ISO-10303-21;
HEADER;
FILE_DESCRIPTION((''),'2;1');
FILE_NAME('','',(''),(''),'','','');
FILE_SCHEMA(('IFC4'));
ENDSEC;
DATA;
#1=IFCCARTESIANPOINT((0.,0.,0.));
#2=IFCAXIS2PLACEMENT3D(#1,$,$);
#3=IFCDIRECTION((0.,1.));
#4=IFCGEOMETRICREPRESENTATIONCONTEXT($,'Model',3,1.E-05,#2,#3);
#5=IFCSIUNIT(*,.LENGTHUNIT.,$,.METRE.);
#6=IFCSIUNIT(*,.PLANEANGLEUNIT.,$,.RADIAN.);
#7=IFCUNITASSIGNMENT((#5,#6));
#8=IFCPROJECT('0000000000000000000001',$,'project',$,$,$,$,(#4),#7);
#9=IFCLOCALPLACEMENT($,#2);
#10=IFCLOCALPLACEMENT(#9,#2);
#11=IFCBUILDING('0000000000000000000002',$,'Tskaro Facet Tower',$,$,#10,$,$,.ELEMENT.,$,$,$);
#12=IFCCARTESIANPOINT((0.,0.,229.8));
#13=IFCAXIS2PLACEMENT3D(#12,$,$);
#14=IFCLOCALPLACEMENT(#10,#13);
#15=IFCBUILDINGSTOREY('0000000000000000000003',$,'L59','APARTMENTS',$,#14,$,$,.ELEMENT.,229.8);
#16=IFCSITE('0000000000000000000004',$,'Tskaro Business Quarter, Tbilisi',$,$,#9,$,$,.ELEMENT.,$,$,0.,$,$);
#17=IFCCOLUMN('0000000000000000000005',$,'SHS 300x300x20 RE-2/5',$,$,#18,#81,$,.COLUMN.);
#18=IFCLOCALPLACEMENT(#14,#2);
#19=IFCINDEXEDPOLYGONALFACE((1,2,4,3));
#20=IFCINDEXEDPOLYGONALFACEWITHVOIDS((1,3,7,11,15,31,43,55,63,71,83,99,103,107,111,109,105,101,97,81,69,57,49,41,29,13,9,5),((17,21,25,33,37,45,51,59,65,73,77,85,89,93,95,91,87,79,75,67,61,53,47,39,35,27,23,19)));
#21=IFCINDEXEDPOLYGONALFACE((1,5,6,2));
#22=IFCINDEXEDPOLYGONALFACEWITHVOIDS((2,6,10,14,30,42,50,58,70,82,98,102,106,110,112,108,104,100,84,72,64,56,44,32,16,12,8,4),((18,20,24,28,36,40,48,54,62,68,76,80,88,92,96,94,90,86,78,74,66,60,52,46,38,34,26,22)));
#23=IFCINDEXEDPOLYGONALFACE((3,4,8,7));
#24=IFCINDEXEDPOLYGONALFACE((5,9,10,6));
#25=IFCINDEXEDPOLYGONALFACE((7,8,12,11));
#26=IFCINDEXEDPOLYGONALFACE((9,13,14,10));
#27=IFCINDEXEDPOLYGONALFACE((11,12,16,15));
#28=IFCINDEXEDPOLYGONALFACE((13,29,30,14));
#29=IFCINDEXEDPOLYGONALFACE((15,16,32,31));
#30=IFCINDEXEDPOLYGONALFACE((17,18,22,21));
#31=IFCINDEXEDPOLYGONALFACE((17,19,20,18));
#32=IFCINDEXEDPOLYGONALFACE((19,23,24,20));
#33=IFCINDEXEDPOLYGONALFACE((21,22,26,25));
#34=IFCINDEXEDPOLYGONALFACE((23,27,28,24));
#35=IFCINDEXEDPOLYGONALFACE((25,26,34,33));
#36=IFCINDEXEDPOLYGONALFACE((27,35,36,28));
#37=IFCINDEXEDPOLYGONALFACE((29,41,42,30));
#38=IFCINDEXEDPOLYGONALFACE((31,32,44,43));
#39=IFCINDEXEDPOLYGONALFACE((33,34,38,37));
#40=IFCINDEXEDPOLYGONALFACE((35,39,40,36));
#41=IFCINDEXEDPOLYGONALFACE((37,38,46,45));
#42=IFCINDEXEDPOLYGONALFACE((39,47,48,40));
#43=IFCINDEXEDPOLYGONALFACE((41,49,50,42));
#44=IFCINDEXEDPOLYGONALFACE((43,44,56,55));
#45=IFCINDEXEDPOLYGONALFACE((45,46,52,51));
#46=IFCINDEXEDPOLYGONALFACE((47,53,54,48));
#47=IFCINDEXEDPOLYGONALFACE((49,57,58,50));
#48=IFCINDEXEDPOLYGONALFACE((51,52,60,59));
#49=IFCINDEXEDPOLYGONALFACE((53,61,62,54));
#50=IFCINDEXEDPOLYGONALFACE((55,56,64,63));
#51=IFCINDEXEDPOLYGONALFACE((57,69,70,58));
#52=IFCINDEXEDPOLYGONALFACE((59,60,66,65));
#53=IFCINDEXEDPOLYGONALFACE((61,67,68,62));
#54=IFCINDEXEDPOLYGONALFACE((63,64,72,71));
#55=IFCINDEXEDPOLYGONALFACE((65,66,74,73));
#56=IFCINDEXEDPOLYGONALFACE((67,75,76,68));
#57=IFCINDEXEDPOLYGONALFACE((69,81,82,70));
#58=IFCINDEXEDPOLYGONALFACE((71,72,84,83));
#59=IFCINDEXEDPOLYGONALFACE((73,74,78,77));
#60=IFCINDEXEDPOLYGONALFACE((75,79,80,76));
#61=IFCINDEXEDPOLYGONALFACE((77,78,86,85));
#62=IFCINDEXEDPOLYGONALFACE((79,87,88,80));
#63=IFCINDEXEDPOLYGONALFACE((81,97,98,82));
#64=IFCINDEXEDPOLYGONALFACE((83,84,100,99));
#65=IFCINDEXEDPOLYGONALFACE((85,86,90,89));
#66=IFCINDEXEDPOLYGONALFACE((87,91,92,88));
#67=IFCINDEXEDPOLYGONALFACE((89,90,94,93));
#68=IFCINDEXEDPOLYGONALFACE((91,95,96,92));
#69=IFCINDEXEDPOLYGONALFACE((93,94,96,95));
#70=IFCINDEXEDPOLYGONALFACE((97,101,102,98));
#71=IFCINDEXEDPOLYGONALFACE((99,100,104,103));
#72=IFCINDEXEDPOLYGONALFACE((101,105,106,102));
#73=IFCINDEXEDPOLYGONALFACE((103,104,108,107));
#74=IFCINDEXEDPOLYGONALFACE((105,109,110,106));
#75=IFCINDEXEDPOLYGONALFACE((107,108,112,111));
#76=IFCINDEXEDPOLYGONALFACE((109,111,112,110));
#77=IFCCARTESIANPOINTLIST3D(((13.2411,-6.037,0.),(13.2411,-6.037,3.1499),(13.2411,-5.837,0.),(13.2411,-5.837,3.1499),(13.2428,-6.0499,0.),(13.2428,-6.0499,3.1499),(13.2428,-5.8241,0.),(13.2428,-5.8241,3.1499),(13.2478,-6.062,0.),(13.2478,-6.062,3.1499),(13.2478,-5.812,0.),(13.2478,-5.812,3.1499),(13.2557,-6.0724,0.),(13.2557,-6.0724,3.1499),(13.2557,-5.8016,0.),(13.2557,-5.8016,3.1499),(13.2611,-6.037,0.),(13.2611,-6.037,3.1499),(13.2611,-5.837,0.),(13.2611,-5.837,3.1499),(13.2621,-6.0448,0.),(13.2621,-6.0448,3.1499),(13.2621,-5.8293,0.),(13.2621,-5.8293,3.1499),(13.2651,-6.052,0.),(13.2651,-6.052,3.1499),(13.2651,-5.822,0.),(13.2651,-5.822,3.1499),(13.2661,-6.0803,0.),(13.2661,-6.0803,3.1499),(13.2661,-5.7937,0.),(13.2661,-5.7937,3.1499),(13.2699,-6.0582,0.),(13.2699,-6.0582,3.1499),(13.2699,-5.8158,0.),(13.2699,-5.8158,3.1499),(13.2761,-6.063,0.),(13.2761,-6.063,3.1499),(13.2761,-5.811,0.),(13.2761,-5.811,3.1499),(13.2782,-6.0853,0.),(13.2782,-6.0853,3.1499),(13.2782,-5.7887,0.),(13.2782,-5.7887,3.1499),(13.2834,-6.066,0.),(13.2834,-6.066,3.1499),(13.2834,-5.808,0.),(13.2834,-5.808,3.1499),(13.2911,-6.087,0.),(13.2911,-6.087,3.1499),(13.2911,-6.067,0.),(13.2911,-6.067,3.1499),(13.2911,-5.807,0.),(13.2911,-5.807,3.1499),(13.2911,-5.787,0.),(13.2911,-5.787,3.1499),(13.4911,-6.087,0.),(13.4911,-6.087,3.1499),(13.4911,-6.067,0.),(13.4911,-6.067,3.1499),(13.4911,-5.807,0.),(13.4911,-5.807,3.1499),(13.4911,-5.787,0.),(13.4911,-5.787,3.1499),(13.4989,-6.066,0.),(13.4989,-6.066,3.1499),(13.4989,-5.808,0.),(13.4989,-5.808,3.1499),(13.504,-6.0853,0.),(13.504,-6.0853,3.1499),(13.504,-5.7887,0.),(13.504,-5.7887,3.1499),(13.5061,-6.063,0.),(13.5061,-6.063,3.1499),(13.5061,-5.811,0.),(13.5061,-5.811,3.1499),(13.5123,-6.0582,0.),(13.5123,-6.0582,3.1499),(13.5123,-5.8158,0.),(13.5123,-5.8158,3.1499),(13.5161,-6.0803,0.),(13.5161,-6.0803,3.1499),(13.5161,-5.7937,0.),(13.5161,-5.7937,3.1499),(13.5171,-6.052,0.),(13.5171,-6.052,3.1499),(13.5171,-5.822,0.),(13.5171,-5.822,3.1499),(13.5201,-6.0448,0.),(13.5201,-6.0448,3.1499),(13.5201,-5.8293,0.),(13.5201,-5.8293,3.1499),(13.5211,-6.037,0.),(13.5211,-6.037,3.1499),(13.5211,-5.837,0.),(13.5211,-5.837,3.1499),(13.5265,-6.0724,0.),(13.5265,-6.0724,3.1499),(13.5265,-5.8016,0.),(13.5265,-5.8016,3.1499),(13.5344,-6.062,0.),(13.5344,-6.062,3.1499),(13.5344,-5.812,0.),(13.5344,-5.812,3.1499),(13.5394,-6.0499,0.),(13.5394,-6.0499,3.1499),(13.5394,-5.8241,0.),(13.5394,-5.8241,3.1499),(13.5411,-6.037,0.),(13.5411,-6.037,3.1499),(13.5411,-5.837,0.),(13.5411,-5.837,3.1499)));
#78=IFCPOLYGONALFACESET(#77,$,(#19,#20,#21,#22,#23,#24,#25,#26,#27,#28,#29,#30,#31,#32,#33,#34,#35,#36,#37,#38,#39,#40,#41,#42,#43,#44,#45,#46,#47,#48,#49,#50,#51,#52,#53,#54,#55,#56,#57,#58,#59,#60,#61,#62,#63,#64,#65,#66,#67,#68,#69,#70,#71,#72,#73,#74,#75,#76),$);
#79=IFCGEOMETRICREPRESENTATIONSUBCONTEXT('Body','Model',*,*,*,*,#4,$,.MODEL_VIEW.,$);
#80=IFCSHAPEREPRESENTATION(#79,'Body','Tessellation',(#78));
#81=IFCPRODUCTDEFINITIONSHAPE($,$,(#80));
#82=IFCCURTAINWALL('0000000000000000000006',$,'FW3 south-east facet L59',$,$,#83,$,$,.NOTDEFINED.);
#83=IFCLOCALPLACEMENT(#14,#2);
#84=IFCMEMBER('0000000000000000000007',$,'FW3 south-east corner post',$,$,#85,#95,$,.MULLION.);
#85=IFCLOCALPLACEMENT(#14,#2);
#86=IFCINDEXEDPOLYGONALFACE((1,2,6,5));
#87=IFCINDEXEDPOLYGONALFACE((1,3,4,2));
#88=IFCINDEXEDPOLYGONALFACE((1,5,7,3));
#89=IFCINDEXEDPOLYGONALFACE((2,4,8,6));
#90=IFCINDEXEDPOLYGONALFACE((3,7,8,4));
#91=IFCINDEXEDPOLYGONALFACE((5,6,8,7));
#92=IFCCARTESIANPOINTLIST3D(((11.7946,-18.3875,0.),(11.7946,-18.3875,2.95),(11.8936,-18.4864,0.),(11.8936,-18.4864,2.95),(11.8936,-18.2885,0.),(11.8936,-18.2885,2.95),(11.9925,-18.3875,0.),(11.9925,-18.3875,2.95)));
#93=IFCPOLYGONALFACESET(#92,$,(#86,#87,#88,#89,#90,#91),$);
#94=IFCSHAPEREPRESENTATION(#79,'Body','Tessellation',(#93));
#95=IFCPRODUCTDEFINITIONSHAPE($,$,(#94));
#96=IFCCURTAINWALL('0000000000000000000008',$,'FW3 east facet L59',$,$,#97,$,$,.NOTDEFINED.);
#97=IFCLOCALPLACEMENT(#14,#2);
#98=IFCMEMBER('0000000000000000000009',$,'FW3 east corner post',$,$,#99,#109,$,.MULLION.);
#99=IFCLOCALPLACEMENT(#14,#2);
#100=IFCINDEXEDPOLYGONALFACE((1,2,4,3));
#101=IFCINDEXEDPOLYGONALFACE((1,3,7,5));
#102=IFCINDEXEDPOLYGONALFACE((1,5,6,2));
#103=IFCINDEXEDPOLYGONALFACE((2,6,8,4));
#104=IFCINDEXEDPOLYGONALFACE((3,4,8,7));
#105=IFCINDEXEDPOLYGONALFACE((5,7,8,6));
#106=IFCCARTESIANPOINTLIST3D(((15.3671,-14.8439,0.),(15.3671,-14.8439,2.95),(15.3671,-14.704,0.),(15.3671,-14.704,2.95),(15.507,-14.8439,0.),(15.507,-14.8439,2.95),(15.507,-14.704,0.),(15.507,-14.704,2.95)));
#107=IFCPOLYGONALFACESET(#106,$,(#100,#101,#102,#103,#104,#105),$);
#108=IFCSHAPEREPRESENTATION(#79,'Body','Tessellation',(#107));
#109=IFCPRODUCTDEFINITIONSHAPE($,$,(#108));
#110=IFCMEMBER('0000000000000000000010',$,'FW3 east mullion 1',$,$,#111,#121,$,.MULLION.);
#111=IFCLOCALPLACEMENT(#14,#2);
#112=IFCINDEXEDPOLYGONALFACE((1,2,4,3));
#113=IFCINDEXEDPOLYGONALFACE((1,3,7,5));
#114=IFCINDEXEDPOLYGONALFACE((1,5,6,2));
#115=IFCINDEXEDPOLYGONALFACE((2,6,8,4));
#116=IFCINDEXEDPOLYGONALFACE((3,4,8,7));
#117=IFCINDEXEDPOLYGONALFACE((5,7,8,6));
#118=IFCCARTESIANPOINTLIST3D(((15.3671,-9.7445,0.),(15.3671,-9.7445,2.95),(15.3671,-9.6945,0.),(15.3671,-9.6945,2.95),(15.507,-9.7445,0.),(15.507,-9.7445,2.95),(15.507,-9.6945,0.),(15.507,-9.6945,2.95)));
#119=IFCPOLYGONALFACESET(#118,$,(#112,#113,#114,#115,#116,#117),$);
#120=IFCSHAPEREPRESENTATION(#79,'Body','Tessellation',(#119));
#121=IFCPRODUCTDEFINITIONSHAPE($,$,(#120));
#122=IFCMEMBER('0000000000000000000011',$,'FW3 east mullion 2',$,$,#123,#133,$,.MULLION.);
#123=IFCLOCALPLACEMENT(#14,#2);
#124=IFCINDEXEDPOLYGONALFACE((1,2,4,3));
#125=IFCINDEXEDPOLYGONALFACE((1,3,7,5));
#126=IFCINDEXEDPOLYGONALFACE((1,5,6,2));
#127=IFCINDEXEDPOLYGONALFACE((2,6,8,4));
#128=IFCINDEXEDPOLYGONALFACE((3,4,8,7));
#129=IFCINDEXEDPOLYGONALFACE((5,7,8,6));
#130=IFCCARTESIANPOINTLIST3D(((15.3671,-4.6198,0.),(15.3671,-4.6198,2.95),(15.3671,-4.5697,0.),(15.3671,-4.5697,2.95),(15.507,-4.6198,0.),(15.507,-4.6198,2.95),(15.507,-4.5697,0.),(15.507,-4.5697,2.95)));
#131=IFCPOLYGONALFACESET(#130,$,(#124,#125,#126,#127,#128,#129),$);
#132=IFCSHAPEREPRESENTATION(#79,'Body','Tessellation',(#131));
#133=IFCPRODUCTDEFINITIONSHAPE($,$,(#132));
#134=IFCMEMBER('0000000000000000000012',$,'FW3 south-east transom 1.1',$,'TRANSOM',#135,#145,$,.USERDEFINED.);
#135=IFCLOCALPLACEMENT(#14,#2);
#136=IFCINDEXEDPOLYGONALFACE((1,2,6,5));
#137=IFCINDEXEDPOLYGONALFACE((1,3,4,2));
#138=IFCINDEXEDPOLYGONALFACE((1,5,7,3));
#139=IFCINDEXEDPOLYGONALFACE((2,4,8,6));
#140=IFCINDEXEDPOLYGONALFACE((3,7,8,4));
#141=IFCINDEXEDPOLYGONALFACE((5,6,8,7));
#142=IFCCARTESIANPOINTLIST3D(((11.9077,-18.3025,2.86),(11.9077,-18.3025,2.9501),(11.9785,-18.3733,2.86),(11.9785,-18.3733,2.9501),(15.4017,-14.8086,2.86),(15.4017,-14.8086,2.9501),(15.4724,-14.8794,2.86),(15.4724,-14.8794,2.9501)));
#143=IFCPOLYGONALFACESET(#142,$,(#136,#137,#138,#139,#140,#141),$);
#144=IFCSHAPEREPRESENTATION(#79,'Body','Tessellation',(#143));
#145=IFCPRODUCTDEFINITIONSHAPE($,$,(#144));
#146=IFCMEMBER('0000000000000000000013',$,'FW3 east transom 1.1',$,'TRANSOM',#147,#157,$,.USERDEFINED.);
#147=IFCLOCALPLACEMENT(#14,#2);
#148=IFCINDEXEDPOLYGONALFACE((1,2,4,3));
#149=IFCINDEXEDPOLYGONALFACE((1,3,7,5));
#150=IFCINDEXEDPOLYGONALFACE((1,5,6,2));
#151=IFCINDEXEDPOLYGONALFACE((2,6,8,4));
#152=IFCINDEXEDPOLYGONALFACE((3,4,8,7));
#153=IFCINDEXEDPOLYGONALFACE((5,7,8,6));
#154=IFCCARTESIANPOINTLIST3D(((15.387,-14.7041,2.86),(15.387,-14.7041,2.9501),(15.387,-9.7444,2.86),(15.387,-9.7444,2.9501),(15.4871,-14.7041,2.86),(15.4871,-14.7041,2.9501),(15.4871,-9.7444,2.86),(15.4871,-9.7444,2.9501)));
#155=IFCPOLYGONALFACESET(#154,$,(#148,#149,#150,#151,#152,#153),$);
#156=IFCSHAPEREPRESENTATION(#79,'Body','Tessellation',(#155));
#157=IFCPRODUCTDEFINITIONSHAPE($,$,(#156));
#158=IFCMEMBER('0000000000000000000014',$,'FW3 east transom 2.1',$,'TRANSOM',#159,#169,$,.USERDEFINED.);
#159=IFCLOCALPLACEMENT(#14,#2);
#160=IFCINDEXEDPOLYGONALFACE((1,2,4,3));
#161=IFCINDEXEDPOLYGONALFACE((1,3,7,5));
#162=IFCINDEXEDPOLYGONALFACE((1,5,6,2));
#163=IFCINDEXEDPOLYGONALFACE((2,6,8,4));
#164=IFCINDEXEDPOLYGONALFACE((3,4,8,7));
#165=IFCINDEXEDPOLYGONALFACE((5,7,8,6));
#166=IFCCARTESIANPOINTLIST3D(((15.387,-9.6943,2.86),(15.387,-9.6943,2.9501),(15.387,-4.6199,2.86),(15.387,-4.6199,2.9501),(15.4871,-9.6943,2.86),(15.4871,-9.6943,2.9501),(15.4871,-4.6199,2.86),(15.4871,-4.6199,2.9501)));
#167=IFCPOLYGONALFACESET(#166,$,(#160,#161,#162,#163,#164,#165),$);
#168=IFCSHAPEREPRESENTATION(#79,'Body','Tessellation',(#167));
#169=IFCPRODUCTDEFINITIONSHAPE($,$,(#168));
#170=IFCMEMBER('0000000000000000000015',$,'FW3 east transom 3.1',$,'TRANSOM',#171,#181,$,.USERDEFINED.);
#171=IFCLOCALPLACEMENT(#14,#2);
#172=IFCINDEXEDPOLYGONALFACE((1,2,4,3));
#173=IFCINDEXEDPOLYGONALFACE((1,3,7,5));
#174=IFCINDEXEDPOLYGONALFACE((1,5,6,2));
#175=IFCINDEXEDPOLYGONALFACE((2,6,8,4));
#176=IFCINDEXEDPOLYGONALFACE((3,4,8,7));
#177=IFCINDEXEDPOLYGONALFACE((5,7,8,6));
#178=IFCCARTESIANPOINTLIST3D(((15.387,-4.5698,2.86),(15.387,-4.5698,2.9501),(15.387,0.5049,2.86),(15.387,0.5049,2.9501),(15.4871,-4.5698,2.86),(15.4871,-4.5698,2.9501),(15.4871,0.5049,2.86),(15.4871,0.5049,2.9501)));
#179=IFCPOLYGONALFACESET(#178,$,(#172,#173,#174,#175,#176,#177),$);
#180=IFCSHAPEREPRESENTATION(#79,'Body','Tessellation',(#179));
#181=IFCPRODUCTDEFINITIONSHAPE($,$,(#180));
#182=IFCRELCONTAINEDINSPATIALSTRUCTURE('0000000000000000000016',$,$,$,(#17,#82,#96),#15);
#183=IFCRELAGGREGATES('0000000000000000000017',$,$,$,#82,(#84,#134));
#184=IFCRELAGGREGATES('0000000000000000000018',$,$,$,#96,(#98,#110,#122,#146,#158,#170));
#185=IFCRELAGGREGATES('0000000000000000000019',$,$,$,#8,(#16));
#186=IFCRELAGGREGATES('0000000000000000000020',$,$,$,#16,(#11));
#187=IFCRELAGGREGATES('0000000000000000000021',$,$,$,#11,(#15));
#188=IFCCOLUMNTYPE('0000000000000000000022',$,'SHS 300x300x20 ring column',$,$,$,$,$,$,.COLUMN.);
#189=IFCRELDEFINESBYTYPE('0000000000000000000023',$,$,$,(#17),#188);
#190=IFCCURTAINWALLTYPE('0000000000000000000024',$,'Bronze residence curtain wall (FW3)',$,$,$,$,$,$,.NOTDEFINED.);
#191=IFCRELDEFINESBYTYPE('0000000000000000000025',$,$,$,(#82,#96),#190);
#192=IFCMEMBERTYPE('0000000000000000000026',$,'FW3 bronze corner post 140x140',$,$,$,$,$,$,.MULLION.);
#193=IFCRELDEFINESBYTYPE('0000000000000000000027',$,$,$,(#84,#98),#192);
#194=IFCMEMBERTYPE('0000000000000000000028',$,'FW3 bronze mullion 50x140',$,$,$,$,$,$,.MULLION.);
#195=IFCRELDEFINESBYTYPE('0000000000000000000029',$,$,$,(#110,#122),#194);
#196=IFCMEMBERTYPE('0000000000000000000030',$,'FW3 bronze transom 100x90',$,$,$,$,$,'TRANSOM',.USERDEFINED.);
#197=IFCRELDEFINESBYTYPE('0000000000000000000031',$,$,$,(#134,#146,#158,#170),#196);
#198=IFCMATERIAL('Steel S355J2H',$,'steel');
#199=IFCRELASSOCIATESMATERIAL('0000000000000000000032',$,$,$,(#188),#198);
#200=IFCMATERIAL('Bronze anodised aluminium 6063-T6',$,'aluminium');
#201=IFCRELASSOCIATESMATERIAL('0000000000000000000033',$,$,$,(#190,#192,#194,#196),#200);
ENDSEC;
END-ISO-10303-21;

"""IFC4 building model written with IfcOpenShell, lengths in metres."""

from ifc_helpers import new_model, si_unit, direction, frame, origin, origin_2d, place, context, subcontext, project, spatial, rectangle, hollow_rectangle, extrude, material, material_profile, profile_set, type_object, element, aggregate, save


model = new_model("IFC4")

# Units and contexts
model_context = context("Model", 3, precision=1e-05, world=origin(), true_north=direction((0.0, 1.0)))
body_context = subcontext(model_context, "Body", "Model", "MODEL_VIEW")
ifc_project = project(units=[si_unit("LENGTHUNIT", "METRE"), si_unit("PLANEANGLEUNIT", "RADIAN")], contexts=[model_context])

# Site, building, storey
site_placement = place(None, origin())
site = spatial("IfcSite", under=ifc_project, at=site_placement, Name="Tskaro Business Quarter, Tbilisi", CompositionType="ELEMENT", RefElevation=0.0)
building_placement = place(site_placement, origin())
building = spatial("IfcBuilding", under=site, at=building_placement, Name="Tskaro Facet Tower", CompositionType="ELEMENT")
storey_placement = place(building_placement, frame((0.0, 0.0, 229.8)))
storey = spatial("IfcBuildingStorey", under=building, at=storey_placement, Name="L59", Description="APARTMENTS", CompositionType="ELEMENT", Elevation=229.8)

# Column
ifc_material_1 = material(Name="Steel S355J2H", Category="steel")
ifc_material_profile_1 = material_profile(ifc_material_1, hollow_rectangle(XDim=0.3, YDim=0.3, WallThickness=0.02, InnerFilletRadius=0.03, OuterFilletRadius=0.05, at=origin_2d()), Name="SHS 300x300x20")
ifc_profile_set_1 = profile_set([ifc_material_profile_1], Name="Steel S355J2H")
column_type_1 = type_object("IfcColumnType", Name="SHS 300x300x20 ring column", PredefinedType="COLUMN", material=ifc_profile_set_1)
for number, where, z_axis, x_axis, name in (
    (1, (13.3911, -5.937, 0.0), (0.0, 0.0, 1.0), (1.0, 0.0, 0.0), "SHS 300x300x20 RE-2/5"),
):
    element("IfcColumn", number, at=place(storey_placement, frame(where, z_axis=z_axis, x_axis=x_axis)), inside=storey, type_object=column_type_1, Name=name, PredefinedType="COLUMN", context=body_context, shape_type="SweptSolid", body=[
        extrude(hollow_rectangle(XDim=0.3, YDim=0.3, WallThickness=0.02, InnerFilletRadius=0.03, OuterFilletRadius=0.05, at=origin_2d()), origin(), (0.0, 0.0, 1.0), 3.1499),
    ])

# Curtain wall, member
ifc_material_2 = material(Name="Bronze anodised aluminium 6063-T6", Category="aluminium")
curtain_wall_type = type_object("IfcCurtainWallType", Name="Bronze residence curtain wall (FW3)", PredefinedType="NOTDEFINED", material=ifc_material_2)
curtain_wall_1_placement = place(storey_placement, origin())
curtain_wall_1 = element("IfcCurtainWall", 2, at=curtain_wall_1_placement, inside=storey, type_object=curtain_wall_type, Name="FW3 south-east facet L59", PredefinedType="NOTDEFINED")
ifc_material_profile_2 = material_profile(ifc_material_2, rectangle(XDim=0.1399, YDim=0.1399, at=origin_2d()), Name="Corner post 140x140")
ifc_profile_set_2 = profile_set([ifc_material_profile_2], Name="Bronze anodised aluminium 6063-T6")
member_type_1 = type_object("IfcMemberType", Name="FW3 bronze corner post 140x140", PredefinedType="MULLION", material=ifc_profile_set_2)
member_1_placement = place(storey_placement, frame((11.8936, -18.3875, 0.0), z_axis=(0.0, 0.0, 1.0), x_axis=(0.707107, 0.707107, 0.0)))
member_1 = element("IfcMember", 3, at=member_1_placement, type_object=member_type_1, Name="FW3 south-east corner post", PredefinedType="MULLION", context=body_context, shape_type="SweptSolid", body=[
    extrude(rectangle(XDim=0.1399, YDim=0.1399, at=origin_2d()), origin(), (0.0, 0.0, 1.0), 2.95),
])

# Curtain wall, members
curtain_wall_2_placement = place(storey_placement, origin())
curtain_wall_2 = element("IfcCurtainWall", 4, at=curtain_wall_2_placement, inside=storey, type_object=curtain_wall_type, Name="FW3 east facet L59", PredefinedType="NOTDEFINED")
member_2_placement = place(storey_placement, frame((15.437, -14.7739, 0.0), z_axis=(0.0, 0.0, 1.0), x_axis=(0.0, 1.0, 0.0)))
member_2 = element("IfcMember", 5, at=member_2_placement, type_object=member_type_1, Name="FW3 east corner post", PredefinedType="MULLION", context=body_context, shape_type="SweptSolid", body=[
    extrude(rectangle(XDim=0.1399, YDim=0.1399, at=origin_2d()), origin(), (0.0, 0.0, 1.0), 2.95),
])
ifc_material_profile_3 = material_profile(ifc_material_2, rectangle(XDim=0.05, YDim=0.1399, at=origin_2d()), Name="Mullion 50x140")
ifc_profile_set_3 = profile_set([ifc_material_profile_3], Name="Bronze anodised aluminium 6063-T6")
member_type_2 = type_object("IfcMemberType", Name="FW3 bronze mullion 50x140", PredefinedType="MULLION", material=ifc_profile_set_3)
member_3_placement = place(storey_placement, frame((15.437, -9.7195, 0.0), z_axis=(0.0, 0.0, 1.0), x_axis=(0.0, 1.0, 0.0)))
member_3 = element("IfcMember", 6, at=member_3_placement, type_object=member_type_2, Name="FW3 east mullion 1", PredefinedType="MULLION", context=body_context, shape_type="SweptSolid", body=[
    extrude(rectangle(XDim=0.05, YDim=0.1399, at=origin_2d()), origin(), (0.0, 0.0, 1.0), 2.95),
])
member_4_placement = place(storey_placement, frame((15.437, -4.5947, 0.0), z_axis=(0.0, 0.0, 1.0), x_axis=(0.0, 1.0, 0.0)))
member_4 = element("IfcMember", 7, at=member_4_placement, type_object=member_type_2, Name="FW3 east mullion 2", PredefinedType="MULLION", context=body_context, shape_type="SweptSolid", body=[
    extrude(rectangle(XDim=0.05, YDim=0.1399, at=origin_2d()), origin(), (0.0, 0.0, 1.0), 2.95),
])

# Members
ifc_material_profile_4 = material_profile(ifc_material_2, rectangle(XDim=0.1001, YDim=0.0901, at=origin_2d()), Name="Transom 100x90")
ifc_profile_set_4 = profile_set([ifc_material_profile_4], Name="Bronze anodised aluminium 6063-T6")
member_type_3 = type_object("IfcMemberType", Name="FW3 bronze transom 100x90", ElementType="TRANSOM", PredefinedType="USERDEFINED", material=ifc_profile_set_4)
member_5_placement = place(storey_placement, frame((11.9431, -18.3379, 2.905), z_axis=(0.707107, 0.707107, 0.0), x_axis=(-0.707107, 0.707107, 0.0)))
member_5 = element("IfcMember", 8, at=member_5_placement, type_object=member_type_3, Name="FW3 south-east transom 1.1", ObjectType="TRANSOM", PredefinedType="USERDEFINED", context=body_context, shape_type="SweptSolid", body=[
    extrude(rectangle(XDim=0.1001, YDim=0.0901, at=origin_2d()), origin(), (0.0, 0.0, 1.0), 4.9412),
])
member_6_placement = place(storey_placement, frame((15.437, -14.7041, 2.905), z_axis=(0.0, 1.0, 0.0), x_axis=(-1.0, 0.0, 0.0)))
member_6 = element("IfcMember", 9, at=member_6_placement, type_object=member_type_3, Name="FW3 east transom 1.1", ObjectType="TRANSOM", PredefinedType="USERDEFINED", context=body_context, shape_type="SweptSolid", body=[
    extrude(rectangle(XDim=0.1001, YDim=0.0901, at=origin_2d()), origin(), (0.0, 0.0, 1.0), 4.9597),
])
member_7_placement = place(storey_placement, frame((15.437, -9.6943, 2.905), z_axis=(0.0, 1.0, 0.0), x_axis=(-1.0, 0.0, 0.0)))
member_7 = element("IfcMember", 10, at=member_7_placement, type_object=member_type_3, Name="FW3 east transom 2.1", ObjectType="TRANSOM", PredefinedType="USERDEFINED", context=body_context, shape_type="SweptSolid", body=[
    extrude(rectangle(XDim=0.1001, YDim=0.0901, at=origin_2d()), origin(), (0.0, 0.0, 1.0), 5.0745),
])
member_8_placement = place(storey_placement, frame((15.437, -4.5698, 2.905), z_axis=(0.0, 1.0, 0.0), x_axis=(-1.0, 0.0, 0.0)))
member_8 = element("IfcMember", 11, at=member_8_placement, type_object=member_type_3, Name="FW3 east transom 3.1", ObjectType="TRANSOM", PredefinedType="USERDEFINED", context=body_context, shape_type="SweptSolid", body=[
    extrude(rectangle(XDim=0.1001, YDim=0.0901, at=origin_2d()), origin(), (0.0, 0.0, 1.0), 5.0747),
])

aggregate(curtain_wall_1, [member_1, member_5])
aggregate(curtain_wall_2, [member_2, member_3, member_4, member_6, member_7, member_8])

save(model, "model.ifc")
